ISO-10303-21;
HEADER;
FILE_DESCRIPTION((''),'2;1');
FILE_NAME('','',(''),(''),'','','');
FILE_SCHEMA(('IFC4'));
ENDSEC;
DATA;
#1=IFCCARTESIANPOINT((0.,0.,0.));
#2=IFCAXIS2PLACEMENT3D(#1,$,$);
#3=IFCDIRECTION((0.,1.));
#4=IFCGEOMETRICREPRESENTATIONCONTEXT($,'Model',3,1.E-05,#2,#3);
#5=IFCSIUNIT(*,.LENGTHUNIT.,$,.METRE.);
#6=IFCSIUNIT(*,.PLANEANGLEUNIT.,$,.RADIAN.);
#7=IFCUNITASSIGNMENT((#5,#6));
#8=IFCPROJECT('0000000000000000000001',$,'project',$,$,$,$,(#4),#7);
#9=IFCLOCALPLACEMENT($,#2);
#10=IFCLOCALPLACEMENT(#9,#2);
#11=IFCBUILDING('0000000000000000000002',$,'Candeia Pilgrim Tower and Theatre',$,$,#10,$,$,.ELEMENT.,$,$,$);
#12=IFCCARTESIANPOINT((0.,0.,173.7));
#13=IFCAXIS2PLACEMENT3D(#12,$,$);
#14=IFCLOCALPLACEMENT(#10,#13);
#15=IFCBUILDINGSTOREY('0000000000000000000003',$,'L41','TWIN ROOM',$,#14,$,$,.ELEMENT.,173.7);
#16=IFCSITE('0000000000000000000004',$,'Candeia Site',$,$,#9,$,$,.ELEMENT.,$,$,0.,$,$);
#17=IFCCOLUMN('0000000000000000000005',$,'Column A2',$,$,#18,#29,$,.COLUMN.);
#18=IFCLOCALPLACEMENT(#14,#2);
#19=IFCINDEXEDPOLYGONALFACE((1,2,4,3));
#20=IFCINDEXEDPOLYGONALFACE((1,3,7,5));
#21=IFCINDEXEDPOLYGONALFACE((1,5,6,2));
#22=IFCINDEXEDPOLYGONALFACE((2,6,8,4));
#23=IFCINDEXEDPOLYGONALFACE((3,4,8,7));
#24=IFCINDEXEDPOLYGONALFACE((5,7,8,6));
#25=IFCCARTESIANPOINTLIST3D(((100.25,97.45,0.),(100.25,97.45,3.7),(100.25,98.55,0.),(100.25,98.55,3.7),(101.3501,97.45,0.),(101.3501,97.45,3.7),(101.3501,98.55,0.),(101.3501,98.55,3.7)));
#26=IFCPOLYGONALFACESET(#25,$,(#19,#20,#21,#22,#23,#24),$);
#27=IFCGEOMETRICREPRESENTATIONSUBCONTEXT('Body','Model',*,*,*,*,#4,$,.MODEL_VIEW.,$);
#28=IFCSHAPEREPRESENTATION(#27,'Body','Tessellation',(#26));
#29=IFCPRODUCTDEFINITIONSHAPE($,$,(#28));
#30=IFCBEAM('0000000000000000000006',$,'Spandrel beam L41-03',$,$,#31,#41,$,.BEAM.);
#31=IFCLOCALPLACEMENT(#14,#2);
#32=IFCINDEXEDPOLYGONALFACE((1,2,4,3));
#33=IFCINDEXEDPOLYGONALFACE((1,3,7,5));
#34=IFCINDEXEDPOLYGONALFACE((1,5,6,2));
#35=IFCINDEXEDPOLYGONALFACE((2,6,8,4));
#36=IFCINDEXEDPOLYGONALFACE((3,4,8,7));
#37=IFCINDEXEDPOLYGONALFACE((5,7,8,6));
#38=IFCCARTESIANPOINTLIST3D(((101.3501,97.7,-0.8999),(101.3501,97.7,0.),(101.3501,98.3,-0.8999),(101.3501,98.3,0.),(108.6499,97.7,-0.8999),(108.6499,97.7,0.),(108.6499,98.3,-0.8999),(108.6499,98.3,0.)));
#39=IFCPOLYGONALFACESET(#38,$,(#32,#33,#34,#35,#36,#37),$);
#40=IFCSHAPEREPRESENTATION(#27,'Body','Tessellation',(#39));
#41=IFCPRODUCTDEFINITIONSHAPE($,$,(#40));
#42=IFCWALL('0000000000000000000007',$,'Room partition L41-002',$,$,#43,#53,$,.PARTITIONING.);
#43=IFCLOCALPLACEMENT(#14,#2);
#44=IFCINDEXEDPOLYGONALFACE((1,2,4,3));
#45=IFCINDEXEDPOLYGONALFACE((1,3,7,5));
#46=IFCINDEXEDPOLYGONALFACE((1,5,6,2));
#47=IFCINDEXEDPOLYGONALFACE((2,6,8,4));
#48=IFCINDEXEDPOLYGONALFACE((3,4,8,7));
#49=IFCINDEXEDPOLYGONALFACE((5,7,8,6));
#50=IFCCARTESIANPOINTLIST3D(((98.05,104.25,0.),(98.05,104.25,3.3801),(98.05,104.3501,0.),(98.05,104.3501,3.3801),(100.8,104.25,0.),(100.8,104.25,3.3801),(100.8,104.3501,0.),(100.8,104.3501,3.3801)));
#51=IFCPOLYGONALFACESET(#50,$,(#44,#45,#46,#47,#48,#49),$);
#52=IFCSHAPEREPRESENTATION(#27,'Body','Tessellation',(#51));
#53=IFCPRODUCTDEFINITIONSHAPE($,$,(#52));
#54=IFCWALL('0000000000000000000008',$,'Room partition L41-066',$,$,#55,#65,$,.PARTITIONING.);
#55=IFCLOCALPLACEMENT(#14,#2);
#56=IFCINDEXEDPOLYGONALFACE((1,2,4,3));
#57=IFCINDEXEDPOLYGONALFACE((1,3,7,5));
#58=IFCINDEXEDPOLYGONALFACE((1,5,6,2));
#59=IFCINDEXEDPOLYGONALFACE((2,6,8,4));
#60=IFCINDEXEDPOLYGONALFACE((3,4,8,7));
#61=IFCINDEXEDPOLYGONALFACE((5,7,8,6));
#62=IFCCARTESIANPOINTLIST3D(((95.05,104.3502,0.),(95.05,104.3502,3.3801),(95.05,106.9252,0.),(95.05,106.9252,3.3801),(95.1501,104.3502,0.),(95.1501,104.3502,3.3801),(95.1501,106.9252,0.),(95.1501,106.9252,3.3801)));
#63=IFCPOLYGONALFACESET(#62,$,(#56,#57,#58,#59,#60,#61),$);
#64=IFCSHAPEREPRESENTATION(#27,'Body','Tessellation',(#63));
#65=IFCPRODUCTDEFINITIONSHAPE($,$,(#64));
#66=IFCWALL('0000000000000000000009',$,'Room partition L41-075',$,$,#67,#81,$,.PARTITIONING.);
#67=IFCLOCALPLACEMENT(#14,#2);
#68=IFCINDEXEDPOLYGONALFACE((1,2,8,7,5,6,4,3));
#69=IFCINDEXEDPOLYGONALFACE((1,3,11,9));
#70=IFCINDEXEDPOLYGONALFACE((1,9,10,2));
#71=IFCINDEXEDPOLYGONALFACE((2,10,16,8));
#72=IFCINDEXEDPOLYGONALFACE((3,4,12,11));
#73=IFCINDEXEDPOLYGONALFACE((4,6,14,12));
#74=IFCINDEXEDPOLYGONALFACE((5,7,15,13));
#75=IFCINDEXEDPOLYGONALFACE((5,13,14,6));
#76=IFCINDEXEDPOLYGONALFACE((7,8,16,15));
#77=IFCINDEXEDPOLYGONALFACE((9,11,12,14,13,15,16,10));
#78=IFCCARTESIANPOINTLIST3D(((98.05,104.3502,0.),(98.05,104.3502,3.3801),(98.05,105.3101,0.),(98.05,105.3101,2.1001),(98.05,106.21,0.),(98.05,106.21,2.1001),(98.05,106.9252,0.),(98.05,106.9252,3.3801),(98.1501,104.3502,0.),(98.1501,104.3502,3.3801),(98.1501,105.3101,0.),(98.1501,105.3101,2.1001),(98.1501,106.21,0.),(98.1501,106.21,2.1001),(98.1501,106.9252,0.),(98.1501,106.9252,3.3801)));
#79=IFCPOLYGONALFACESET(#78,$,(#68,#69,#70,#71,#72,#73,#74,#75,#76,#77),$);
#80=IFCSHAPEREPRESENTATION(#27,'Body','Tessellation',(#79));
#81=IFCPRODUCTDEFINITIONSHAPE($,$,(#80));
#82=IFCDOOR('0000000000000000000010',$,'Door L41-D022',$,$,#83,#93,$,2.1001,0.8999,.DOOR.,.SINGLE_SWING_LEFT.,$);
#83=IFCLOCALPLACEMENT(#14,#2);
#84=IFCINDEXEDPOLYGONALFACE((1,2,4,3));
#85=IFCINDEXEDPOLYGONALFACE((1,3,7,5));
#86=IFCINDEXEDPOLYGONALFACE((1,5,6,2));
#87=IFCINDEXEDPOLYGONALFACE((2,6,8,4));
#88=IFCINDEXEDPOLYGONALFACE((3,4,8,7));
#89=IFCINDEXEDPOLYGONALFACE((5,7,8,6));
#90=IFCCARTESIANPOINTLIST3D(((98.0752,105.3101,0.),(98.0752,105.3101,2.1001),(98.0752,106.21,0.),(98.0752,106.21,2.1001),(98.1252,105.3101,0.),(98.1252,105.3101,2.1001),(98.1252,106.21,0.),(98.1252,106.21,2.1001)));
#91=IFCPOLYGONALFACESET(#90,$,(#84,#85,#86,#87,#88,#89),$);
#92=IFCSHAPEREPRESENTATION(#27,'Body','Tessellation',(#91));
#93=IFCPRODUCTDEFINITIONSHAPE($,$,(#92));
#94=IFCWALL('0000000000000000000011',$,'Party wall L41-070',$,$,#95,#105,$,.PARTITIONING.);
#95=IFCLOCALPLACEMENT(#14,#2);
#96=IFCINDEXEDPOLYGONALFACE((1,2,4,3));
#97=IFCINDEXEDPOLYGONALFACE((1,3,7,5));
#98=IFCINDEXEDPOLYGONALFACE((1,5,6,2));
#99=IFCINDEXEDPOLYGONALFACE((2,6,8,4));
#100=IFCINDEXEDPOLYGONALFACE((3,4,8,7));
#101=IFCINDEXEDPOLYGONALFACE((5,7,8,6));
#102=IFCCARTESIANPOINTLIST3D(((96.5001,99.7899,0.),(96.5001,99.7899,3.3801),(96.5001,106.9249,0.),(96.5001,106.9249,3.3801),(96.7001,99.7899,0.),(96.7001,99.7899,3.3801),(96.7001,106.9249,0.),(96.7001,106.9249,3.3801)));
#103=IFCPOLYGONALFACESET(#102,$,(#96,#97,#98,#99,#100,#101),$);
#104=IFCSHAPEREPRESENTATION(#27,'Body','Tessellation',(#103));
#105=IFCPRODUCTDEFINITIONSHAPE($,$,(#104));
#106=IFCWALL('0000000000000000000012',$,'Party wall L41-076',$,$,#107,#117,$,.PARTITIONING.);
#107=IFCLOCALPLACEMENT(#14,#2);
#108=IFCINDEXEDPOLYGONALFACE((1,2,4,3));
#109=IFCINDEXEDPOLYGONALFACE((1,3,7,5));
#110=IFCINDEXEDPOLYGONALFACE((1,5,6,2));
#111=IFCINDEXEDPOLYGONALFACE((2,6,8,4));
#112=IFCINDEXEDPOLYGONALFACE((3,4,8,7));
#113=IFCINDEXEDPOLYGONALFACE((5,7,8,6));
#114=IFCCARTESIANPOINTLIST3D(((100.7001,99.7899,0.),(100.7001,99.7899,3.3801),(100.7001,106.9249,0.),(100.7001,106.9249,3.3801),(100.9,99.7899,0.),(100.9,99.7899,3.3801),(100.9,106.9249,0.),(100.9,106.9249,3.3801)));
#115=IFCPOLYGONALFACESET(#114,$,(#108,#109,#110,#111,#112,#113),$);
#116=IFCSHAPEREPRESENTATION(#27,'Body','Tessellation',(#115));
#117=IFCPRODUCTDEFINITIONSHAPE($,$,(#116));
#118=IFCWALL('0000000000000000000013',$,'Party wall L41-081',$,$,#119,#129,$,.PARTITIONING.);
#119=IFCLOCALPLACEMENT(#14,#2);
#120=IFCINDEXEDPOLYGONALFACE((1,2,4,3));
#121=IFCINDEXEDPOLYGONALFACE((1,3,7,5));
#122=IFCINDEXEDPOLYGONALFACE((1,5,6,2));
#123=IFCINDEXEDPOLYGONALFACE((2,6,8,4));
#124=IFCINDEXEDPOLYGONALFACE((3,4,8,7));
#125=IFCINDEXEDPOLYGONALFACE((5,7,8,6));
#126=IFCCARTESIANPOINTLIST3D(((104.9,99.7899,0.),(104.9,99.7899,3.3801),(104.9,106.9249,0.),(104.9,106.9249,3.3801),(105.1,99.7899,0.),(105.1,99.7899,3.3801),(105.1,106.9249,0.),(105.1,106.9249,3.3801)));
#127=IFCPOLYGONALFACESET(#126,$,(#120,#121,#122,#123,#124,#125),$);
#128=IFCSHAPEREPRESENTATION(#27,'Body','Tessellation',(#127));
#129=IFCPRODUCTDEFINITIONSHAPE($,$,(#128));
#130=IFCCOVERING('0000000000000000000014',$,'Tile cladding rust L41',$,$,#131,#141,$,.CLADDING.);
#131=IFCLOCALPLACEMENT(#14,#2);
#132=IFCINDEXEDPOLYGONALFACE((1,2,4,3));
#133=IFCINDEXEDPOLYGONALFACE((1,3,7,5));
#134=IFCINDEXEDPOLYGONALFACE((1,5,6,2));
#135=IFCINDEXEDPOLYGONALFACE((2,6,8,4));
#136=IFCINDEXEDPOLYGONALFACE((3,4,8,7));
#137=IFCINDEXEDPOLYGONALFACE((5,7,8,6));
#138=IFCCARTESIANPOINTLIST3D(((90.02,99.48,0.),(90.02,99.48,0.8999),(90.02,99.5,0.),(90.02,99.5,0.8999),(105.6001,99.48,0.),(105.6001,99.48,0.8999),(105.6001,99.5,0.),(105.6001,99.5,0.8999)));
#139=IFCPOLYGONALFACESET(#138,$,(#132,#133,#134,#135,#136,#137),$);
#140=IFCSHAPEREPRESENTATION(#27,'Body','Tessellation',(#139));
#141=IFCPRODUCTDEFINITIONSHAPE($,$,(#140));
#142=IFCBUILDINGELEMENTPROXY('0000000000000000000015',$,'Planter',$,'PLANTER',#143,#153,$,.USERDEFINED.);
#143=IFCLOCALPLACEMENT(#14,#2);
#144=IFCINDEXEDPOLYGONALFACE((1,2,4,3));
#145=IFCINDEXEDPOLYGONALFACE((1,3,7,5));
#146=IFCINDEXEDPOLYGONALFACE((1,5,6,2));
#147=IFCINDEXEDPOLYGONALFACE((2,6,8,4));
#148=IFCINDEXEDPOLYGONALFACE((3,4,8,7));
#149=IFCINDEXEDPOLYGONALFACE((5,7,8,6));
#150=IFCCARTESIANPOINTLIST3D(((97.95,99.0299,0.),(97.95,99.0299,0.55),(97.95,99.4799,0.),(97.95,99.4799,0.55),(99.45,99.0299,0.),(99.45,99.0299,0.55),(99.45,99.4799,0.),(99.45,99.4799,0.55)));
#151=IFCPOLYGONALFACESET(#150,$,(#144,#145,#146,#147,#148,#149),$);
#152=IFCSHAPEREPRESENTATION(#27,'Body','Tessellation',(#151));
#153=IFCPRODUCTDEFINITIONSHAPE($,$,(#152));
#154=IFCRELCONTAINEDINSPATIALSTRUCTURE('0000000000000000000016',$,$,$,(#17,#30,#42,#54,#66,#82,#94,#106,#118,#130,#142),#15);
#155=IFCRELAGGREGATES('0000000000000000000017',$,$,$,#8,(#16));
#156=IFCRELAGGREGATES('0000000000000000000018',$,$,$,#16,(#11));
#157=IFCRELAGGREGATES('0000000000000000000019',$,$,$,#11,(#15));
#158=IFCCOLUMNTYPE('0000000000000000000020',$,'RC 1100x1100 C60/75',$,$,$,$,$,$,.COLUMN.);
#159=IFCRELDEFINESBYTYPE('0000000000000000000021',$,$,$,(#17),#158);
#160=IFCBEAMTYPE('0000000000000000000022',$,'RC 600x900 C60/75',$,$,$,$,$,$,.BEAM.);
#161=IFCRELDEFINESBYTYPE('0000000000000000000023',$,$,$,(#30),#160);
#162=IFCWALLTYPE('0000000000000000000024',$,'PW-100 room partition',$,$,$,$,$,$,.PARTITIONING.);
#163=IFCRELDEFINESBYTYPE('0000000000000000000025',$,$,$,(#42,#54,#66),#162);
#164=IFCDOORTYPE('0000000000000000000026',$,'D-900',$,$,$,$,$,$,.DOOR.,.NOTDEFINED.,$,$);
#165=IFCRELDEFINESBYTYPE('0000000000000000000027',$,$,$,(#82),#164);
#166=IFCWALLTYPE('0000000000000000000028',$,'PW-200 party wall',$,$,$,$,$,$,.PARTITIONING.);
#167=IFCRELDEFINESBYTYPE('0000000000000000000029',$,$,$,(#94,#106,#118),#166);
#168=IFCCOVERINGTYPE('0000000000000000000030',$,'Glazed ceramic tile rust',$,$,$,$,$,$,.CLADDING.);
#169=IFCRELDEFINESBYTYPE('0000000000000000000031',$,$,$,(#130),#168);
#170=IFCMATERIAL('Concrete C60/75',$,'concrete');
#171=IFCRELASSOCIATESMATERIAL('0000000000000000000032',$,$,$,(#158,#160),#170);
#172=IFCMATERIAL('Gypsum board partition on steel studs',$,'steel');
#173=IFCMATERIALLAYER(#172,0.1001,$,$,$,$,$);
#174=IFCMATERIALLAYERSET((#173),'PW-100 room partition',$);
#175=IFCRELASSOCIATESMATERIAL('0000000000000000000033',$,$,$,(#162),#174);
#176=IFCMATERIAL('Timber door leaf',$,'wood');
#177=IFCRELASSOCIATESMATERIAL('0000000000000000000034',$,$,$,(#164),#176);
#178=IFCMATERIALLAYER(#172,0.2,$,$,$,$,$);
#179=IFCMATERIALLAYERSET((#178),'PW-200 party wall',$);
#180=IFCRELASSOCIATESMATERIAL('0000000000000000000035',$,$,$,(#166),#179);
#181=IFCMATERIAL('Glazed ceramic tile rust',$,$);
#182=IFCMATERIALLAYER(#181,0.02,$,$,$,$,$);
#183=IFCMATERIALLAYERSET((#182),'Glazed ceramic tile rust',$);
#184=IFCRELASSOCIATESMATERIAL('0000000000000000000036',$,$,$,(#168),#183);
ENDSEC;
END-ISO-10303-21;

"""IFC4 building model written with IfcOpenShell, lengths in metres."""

from ifc_helpers import new_model, si_unit, direction, frame, frame_2d, origin, origin_2d, place, context, subcontext, project, spatial, rectangle, extrude, material, layer, layer_set, material_profile, profile_set, type_object, element, fill, save


model = new_model("IFC4")

# Units and contexts
model_context = context("Model", 3, precision=1e-05, world=origin(), true_north=direction((0.0, 1.0)))
body_context = subcontext(model_context, "Body", "Model", "MODEL_VIEW")
ifc_project = project(units=[si_unit("LENGTHUNIT", "METRE"), si_unit("PLANEANGLEUNIT", "RADIAN")], contexts=[model_context])

# Site, building, storey
site_placement = place(None, origin())
site = spatial("IfcSite", under=ifc_project, at=site_placement, Name="Candeia Site", CompositionType="ELEMENT", RefElevation=0.0)
building_placement = place(site_placement, origin())
building = spatial("IfcBuilding", under=site, at=building_placement, Name="Candeia Pilgrim Tower and Theatre", CompositionType="ELEMENT")
storey_placement = place(building_placement, frame((0.0, 0.0, 173.7)))
storey = spatial("IfcBuildingStorey", under=building, at=storey_placement, Name="L41", Description="TWIN ROOM", CompositionType="ELEMENT", Elevation=173.7)

# Column
ifc_material_1 = material(Name="Concrete C60/75", Category="concrete")
ifc_material_profile_1 = material_profile(ifc_material_1, rectangle(XDim=1.1001, YDim=1.1001, at=origin_2d()))
ifc_profile_set_1 = profile_set([ifc_material_profile_1], Name="Concrete C60/75")
column_type = type_object("IfcColumnType", Name="RC 1100x1100 C60/75", PredefinedType="COLUMN", material=ifc_profile_set_1)
column_placement = place(storey_placement, frame((100.8, 98.0, 0.0), z_axis=(0.0, 0.0, 1.0), x_axis=(1.0, 0.0, 0.0)))
element("IfcColumn", 1, at=column_placement, inside=storey, type_object=column_type, Name="Column A2", PredefinedType="COLUMN", context=body_context, shape_type="SweptSolid", body=[
    extrude(rectangle(XDim=1.1001, YDim=1.1001, at=origin_2d()), origin(), (0.0, 0.0, 1.0), 3.7),
])

# Beam
ifc_material_profile_2 = material_profile(ifc_material_1, rectangle(XDim=0.6001, YDim=0.8999, at=origin_2d()))
ifc_profile_set_2 = profile_set([ifc_material_profile_2], Name="Concrete C60/75")
beam_type = type_object("IfcBeamType", Name="RC 600x900 C60/75", PredefinedType="BEAM", material=ifc_profile_set_2)
beam_placement = place(storey_placement, frame((101.3501, 98.0, -0.45), z_axis=(1.0, 0.0, 0.0), x_axis=(0.0, 1.0, 0.0)))
element("IfcBeam", 2, at=beam_placement, inside=storey, type_object=beam_type, Name="Spandrel beam L41-03", PredefinedType="BEAM", context=body_context, shape_type="SweptSolid", body=[
    extrude(rectangle(XDim=0.6001, YDim=0.8999, at=origin_2d()), origin(), (0.0, 0.0, 1.0), 7.2998),
])

# Walls
ifc_material_2 = material(Name="Gypsum board partition on steel studs", Category="steel")
ifc_layer_1 = layer(ifc_material_2, 0.1001)
ifc_layer_set_1 = layer_set([ifc_layer_1], Name="PW-100 room partition")
wall_type_1 = type_object("IfcWallType", Name="PW-100 room partition", PredefinedType="PARTITIONING", material=ifc_layer_set_1)
wall_1_placement = place(storey_placement, frame((98.05, 104.3, 0.0), z_axis=(0.0, 0.0, 1.0), x_axis=(1.0, 0.0, 0.0)))
element("IfcWall", 3, at=wall_1_placement, inside=storey, type_object=wall_type_1, Name="Room partition L41-002", PredefinedType="PARTITIONING", context=body_context, shape_type="SweptSolid", body=[
    extrude(rectangle(XDim=2.75, YDim=0.1001, at=frame_2d((1.375, 0.0))), origin(), (0.0, 0.0, 1.0), 3.3801),
])
wall_2_placement = place(storey_placement, frame((95.1001, 104.3501, 0.0), z_axis=(0.0, 0.0, 1.0), x_axis=(0.0, 1.0, 0.0)))
element("IfcWall", 4, at=wall_2_placement, inside=storey, type_object=wall_type_1, Name="Room partition L41-066", PredefinedType="PARTITIONING", context=body_context, shape_type="SweptSolid", body=[
    extrude(rectangle(XDim=2.575, YDim=0.1001, at=frame_2d((1.2876, 0.0))), origin(), (0.0, 0.0, 1.0), 3.3801),
])

# Wall, opening, door
wall_3_placement = place(storey_placement, frame((98.1001, 104.3501, 0.0), z_axis=(0.0, 0.0, 1.0), x_axis=(0.0, 1.0, 0.0)))
wall_3 = element("IfcWall", 5, at=wall_3_placement, inside=storey, type_object=wall_type_1, Name="Room partition L41-075", PredefinedType="PARTITIONING", context=body_context, shape_type="SweptSolid", body=[
    extrude(rectangle(XDim=2.575, YDim=0.1001, at=frame_2d((1.2876, 0.0))), origin(), (0.0, 0.0, 1.0), 3.3801),
])
opening_placement = place(wall_3_placement, frame((0.96, 0.0, 0.0)))
opening = element("IfcOpeningElement", 6, at=opening_placement, cuts=wall_3, PredefinedType="OPENING", context=body_context, shape_type="SweptSolid", body=[
    extrude(rectangle(XDim=0.8999, YDim=2.1001, at=frame_2d((0.45, 1.05))), frame((0.0, 0.0601, 0.0), z_axis=(0.0, -1.0, 0.0), x_axis=(1.0, 0.0, 0.0)), (0.0, 0.0, 1.0), 0.1201),
])
ifc_material_3 = material(Name="Timber door leaf", Category="wood")
door_type = type_object("IfcDoorType", Name="D-900", OperationType="NOTDEFINED", PredefinedType="DOOR", material=ifc_material_3)
door_placement = place(opening_placement, origin())
door = element("IfcDoor", 7, at=door_placement, inside=storey, type_object=door_type, Name="Door L41-D022", OperationType="SINGLE_SWING_LEFT", OverallHeight=2.1001, OverallWidth=0.8999, PredefinedType="DOOR", context=body_context, shape_type="SweptSolid", body=[
    extrude(rectangle(XDim=0.8999, YDim=2.1001, at=frame_2d((0.45, 1.05))), frame((0.0, 0.0249, 0.0), z_axis=(0.0, -1.0, 0.0), x_axis=(1.0, 0.0, 0.0)), (0.0, 0.0, 1.0), 0.05),
])
fill(opening, door)

# Walls
ifc_layer_2 = layer(ifc_material_2, 0.2)
ifc_layer_set_2 = layer_set([ifc_layer_2], Name="PW-200 party wall")
wall_type_2 = type_object("IfcWallType", Name="PW-200 party wall", PredefinedType="PARTITIONING", material=ifc_layer_set_2)
for number, where, z_axis, x_axis, name in (
    (8, (96.6001, 99.79, 0.0), (0.0, 0.0, 1.0), (0.0, 1.0, 0.0), "Party wall L41-070"),
    (9, (100.8, 99.79, 0.0), (0.0, 0.0, 1.0), (0.0, 1.0, 0.0), "Party wall L41-076"),
    (10, (105.0, 99.79, 0.0), (0.0, 0.0, 1.0), (0.0, 1.0, 0.0), "Party wall L41-081"),
):
    element("IfcWall", number, at=place(storey_placement, frame(where, z_axis=z_axis, x_axis=x_axis)), inside=storey, type_object=wall_type_2, Name=name, PredefinedType="PARTITIONING", context=body_context, shape_type="SweptSolid", body=[
        extrude(rectangle(XDim=7.135, YDim=0.2, at=frame_2d((3.5674, 0.0))), origin(), (0.0, 0.0, 1.0), 3.3801),
    ])

# Covering
ifc_material_4 = material(Name="Glazed ceramic tile rust")
ifc_layer_3 = layer(ifc_material_4, 0.02)
ifc_layer_set_3 = layer_set([ifc_layer_3], Name="Glazed ceramic tile rust")
covering_type = type_object("IfcCoveringType", Name="Glazed ceramic tile rust", PredefinedType="CLADDING", material=ifc_layer_set_3)
covering_placement = place(storey_placement, frame((97.8101, 99.49, 0.0), z_axis=(0.0, 0.0, 1.0), x_axis=(1.0, 0.0, 0.0)))
element("IfcCovering", 11, at=covering_placement, inside=storey, type_object=covering_type, Name="Tile cladding rust L41", PredefinedType="CLADDING", context=body_context, shape_type="SweptSolid", body=[
    extrude(rectangle(XDim=15.5801, YDim=0.02, at=origin_2d()), origin(), (0.0, 0.0, 1.0), 0.8999),
])

# Building element proxy
proxy_placement = place(storey_placement, frame((98.7, 99.2549, 0.0), z_axis=(0.0, 0.0, 1.0), x_axis=(1.0, 0.0, 0.0)))
element("IfcBuildingElementProxy", 12, at=proxy_placement, inside=storey, Name="Planter", ObjectType="PLANTER", PredefinedType="USERDEFINED", context=body_context, shape_type="SweptSolid", body=[
    extrude(rectangle(XDim=1.5, YDim=0.45, at=origin_2d()), origin(), (0.0, 0.0, 1.0), 0.55),
])

save(model, "model.ifc")
